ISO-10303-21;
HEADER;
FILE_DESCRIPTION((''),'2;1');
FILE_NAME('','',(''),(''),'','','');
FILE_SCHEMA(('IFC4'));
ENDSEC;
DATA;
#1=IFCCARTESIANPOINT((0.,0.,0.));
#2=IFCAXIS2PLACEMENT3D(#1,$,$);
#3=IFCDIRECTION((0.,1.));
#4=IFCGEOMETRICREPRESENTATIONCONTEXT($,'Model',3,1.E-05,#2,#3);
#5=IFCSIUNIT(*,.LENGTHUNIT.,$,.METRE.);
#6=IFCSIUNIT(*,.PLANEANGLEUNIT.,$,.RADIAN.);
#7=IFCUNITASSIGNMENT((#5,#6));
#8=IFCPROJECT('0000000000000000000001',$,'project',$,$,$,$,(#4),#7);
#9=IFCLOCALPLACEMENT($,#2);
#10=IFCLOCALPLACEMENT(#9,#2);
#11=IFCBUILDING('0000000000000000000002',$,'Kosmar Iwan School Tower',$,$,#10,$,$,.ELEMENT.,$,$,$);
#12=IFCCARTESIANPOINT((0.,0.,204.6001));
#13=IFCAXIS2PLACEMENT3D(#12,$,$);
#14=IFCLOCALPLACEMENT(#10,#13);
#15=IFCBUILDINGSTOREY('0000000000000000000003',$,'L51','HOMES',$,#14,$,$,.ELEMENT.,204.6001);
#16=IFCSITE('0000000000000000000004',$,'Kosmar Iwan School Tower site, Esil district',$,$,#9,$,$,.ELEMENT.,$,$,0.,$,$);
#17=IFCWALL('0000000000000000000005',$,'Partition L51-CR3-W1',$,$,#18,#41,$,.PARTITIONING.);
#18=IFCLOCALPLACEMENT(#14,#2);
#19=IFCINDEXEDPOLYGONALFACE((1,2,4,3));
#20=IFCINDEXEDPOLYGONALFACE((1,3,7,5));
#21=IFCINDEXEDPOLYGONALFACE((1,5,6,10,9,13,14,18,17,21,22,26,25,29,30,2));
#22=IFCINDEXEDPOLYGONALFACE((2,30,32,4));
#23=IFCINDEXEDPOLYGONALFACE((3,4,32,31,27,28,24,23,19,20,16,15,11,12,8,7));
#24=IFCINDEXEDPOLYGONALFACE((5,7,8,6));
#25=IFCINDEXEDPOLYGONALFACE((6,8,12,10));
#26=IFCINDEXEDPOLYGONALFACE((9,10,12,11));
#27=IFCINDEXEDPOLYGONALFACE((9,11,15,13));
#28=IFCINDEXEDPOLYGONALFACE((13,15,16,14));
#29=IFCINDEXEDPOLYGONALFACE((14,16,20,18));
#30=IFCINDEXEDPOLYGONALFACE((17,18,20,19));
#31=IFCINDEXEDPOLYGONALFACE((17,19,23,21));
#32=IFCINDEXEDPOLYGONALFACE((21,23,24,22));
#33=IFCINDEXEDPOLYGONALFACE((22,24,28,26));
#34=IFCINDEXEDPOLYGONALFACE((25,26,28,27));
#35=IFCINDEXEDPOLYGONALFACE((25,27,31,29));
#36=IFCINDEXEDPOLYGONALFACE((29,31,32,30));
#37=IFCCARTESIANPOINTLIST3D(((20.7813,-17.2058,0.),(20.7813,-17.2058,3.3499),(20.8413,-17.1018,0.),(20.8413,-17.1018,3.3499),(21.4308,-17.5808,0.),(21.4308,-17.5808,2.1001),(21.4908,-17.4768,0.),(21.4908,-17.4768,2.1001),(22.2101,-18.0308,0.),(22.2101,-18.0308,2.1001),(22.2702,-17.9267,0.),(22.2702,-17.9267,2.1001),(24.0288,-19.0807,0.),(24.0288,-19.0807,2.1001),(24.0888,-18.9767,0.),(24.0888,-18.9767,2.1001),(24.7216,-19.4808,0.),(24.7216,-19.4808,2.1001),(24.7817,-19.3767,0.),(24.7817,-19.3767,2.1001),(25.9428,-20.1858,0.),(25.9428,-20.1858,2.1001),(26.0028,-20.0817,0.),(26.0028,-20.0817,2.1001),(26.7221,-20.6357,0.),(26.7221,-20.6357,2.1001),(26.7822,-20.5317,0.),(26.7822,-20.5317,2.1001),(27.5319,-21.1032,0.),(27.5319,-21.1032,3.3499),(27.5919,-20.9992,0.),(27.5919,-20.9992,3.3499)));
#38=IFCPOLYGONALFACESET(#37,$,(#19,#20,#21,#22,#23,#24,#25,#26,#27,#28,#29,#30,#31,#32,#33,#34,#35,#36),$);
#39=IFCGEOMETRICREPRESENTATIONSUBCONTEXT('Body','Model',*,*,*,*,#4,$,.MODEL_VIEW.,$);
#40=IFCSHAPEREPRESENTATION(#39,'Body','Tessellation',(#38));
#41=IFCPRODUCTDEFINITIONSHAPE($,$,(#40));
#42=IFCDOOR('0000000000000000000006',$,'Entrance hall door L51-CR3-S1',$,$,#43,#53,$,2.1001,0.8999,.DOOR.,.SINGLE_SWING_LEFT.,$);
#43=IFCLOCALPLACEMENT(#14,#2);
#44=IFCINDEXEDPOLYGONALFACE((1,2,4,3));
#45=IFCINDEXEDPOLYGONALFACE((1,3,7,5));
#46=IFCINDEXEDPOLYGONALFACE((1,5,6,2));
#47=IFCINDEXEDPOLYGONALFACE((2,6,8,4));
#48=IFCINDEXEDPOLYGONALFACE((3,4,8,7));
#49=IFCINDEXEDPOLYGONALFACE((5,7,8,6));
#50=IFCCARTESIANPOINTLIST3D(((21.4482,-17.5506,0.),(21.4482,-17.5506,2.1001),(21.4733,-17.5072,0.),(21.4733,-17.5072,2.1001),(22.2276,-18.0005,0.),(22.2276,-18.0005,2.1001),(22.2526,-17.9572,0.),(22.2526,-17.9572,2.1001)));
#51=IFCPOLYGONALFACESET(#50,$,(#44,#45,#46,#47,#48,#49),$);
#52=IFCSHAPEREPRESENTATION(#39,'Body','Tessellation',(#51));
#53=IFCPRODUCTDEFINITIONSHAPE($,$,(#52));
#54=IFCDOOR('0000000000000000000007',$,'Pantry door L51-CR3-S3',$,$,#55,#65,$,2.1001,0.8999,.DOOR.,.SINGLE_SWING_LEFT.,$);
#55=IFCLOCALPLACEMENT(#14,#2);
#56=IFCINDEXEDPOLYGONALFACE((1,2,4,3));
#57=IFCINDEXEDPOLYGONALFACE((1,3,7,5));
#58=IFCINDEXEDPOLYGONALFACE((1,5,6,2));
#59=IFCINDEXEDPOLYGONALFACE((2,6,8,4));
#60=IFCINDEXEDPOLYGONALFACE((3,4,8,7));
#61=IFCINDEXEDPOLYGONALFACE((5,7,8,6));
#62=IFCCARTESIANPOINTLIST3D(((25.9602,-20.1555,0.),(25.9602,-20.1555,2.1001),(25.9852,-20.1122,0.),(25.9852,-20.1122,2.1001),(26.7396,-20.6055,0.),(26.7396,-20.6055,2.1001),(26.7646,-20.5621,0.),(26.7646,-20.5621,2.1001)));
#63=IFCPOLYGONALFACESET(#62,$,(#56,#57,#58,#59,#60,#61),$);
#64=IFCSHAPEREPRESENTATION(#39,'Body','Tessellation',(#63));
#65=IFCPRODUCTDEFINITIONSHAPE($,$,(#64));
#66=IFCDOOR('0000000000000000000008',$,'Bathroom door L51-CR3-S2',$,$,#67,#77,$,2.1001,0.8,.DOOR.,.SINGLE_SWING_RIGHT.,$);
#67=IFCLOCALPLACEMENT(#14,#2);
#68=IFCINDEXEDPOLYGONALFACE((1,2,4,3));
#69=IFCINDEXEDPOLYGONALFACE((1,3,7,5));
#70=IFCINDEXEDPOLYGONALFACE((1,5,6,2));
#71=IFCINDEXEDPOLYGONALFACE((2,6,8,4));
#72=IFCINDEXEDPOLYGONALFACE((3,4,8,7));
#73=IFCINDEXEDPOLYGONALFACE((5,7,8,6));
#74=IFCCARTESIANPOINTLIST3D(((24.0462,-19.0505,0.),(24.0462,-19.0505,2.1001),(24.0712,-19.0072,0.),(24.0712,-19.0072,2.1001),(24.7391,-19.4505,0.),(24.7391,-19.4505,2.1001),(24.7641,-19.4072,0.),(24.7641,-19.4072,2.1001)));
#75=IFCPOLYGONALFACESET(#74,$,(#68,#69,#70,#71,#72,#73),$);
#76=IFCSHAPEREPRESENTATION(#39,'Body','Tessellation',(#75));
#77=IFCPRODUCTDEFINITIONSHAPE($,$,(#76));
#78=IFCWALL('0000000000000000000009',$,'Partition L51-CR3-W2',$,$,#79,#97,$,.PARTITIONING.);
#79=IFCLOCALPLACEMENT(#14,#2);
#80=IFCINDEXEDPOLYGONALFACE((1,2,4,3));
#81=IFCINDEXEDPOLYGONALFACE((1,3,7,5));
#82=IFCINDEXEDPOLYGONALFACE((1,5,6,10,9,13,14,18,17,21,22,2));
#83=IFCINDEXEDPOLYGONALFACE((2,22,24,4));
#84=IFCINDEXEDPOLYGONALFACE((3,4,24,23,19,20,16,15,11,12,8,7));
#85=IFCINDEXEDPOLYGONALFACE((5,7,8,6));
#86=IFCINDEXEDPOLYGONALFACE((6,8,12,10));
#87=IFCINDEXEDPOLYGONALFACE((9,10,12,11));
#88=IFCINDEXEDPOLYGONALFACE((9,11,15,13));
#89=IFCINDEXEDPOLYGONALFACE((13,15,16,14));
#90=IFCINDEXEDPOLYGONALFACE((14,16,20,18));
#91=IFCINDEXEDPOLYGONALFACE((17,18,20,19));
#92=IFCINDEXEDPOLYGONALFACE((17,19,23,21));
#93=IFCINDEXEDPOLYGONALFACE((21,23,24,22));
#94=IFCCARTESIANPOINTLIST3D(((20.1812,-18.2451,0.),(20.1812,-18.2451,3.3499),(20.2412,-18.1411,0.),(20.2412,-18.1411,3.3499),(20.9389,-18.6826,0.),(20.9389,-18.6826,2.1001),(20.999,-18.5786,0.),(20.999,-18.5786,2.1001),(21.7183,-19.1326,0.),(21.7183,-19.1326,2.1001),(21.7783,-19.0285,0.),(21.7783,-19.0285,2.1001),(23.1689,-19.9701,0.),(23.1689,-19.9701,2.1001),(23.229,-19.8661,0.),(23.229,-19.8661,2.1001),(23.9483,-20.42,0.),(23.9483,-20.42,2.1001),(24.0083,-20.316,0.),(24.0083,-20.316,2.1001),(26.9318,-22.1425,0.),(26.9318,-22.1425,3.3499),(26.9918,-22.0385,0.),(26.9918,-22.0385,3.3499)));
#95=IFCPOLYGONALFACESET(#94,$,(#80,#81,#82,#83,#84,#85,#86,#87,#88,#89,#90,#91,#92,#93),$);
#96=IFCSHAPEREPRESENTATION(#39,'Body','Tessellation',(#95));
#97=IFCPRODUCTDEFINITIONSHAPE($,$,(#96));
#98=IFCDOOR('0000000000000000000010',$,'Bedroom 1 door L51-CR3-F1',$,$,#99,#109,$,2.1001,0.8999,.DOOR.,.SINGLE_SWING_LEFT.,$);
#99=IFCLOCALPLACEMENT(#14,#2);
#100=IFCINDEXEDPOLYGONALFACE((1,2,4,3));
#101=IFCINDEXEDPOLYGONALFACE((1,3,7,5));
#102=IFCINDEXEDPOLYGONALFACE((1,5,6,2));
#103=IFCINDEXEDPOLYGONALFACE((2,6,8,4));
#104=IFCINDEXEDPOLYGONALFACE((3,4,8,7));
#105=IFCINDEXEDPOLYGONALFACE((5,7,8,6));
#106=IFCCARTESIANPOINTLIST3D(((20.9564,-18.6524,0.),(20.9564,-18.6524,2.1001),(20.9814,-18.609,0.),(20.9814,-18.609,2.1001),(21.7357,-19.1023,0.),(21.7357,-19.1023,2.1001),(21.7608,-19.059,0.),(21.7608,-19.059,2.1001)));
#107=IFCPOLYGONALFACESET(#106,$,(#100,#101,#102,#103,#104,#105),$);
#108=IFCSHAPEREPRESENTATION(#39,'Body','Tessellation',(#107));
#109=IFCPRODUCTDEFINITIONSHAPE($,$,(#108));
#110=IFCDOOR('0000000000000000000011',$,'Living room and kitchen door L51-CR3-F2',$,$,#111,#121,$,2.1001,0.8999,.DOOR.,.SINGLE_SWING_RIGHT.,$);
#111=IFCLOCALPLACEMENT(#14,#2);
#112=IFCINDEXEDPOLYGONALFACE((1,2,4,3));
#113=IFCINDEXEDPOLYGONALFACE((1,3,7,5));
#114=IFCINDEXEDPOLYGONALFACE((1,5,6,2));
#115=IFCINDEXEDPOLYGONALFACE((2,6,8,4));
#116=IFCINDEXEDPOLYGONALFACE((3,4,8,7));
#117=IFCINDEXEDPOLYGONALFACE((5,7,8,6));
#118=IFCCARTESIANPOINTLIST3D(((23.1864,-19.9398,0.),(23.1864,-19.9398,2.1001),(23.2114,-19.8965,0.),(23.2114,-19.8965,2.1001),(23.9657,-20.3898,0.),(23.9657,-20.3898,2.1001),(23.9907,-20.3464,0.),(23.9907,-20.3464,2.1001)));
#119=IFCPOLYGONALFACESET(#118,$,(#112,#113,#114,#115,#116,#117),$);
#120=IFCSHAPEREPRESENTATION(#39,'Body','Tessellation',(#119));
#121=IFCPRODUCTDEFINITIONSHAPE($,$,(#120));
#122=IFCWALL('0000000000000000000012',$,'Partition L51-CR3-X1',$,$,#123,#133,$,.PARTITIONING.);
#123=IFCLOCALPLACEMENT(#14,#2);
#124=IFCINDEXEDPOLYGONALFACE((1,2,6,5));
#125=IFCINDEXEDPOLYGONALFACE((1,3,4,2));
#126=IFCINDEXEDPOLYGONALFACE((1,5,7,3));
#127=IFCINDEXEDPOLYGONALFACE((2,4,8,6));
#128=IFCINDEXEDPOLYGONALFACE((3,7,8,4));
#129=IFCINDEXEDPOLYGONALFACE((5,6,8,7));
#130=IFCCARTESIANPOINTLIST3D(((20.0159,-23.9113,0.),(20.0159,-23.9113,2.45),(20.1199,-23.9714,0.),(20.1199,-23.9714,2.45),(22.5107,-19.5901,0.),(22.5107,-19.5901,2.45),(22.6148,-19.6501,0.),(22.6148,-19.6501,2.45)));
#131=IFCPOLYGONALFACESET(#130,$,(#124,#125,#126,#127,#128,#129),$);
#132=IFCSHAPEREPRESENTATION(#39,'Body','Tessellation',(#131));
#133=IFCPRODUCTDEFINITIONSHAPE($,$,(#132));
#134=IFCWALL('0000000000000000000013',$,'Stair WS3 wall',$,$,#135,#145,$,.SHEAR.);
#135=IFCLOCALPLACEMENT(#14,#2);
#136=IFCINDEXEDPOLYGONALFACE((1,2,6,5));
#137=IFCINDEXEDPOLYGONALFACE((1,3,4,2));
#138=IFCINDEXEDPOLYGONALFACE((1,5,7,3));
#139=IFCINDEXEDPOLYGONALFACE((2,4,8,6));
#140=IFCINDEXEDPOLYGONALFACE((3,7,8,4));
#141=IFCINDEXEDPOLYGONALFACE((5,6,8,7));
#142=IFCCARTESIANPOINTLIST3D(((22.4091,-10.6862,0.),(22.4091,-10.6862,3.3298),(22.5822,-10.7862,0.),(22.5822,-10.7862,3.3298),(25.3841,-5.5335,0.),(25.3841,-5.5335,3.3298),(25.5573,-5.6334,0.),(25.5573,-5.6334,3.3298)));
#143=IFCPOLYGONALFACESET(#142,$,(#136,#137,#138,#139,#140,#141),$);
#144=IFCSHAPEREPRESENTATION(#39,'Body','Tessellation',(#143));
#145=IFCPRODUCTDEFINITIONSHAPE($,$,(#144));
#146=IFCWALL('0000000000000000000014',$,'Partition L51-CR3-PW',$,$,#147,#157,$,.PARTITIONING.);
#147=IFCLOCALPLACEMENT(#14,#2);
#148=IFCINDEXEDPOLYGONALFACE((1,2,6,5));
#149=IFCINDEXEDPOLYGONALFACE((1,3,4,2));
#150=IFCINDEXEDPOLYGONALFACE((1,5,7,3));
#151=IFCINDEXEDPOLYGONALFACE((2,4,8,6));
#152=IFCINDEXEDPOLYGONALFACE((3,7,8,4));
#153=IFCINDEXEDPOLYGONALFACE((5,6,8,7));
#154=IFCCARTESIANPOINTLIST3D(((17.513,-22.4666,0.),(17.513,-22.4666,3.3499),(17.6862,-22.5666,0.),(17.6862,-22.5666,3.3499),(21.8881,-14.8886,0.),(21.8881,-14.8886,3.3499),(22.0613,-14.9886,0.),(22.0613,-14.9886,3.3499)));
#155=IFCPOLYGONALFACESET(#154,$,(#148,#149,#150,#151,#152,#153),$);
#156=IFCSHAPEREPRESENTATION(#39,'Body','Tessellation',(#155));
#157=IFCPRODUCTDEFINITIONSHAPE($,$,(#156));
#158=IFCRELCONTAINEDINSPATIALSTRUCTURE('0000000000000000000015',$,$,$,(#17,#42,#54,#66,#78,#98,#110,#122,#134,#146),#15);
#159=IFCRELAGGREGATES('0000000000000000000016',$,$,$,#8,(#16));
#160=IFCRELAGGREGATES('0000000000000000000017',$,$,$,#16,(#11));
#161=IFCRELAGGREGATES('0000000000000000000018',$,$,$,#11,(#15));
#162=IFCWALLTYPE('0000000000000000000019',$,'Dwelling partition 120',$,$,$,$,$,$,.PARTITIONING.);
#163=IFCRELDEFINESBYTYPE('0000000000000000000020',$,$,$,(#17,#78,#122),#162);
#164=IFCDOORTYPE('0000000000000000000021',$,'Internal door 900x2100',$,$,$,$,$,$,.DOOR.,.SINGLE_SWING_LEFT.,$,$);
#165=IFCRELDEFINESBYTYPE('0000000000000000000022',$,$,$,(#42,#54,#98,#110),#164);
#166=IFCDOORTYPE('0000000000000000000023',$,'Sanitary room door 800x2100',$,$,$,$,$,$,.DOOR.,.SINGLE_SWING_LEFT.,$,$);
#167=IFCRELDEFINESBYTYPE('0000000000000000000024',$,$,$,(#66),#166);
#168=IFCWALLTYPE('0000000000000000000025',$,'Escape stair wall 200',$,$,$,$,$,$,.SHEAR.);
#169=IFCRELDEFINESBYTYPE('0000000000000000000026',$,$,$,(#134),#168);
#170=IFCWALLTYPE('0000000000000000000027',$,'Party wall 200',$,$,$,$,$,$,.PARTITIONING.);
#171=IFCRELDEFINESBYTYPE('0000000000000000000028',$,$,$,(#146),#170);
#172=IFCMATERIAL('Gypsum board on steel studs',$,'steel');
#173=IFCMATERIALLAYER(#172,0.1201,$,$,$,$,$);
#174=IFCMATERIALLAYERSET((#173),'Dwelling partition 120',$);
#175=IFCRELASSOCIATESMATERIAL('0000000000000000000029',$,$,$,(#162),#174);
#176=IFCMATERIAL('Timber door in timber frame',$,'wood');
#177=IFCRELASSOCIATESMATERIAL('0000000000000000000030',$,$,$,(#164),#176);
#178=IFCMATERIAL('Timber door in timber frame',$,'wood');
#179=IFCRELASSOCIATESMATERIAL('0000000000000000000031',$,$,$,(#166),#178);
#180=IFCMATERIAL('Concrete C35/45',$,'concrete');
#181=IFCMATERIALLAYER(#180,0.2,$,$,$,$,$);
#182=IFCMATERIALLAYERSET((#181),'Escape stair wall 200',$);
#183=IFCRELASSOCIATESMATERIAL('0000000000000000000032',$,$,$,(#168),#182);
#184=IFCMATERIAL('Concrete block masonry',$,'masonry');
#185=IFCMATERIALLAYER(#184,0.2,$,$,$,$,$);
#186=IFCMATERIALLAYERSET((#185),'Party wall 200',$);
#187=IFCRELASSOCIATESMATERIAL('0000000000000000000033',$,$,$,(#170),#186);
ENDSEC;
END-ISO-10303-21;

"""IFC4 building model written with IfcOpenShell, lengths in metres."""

from ifc_helpers import new_model, si_unit, direction, frame, frame_2d, origin, place, context, subcontext, project, spatial, rectangle, extrude, material, layer, layer_set, type_object, element, fill, save


model = new_model("IFC4")

# Units and contexts
model_context = context("Model", 3, precision=1e-05, world=origin(), true_north=direction((0.0, 1.0)))
body_context = subcontext(model_context, "Body", "Model", "MODEL_VIEW")
ifc_project = project(units=[si_unit("LENGTHUNIT", "METRE"), si_unit("PLANEANGLEUNIT", "RADIAN")], contexts=[model_context])

# Site, building, storey
site_placement = place(None, origin())
site = spatial("IfcSite", under=ifc_project, at=site_placement, Name="Kosmar Iwan School Tower site, Esil district", CompositionType="ELEMENT", RefElevation=0.0)
building_placement = place(site_placement, origin())
building = spatial("IfcBuilding", under=site, at=building_placement, Name="Kosmar Iwan School Tower", CompositionType="ELEMENT")
storey_placement = place(building_placement, frame((0.0, 0.0, 204.6001)))
storey = spatial("IfcBuildingStorey", under=building, at=storey_placement, Name="L51", Description="HOMES", CompositionType="ELEMENT", Elevation=204.6001)

# Shared definitions
ifc_material_1 = material(Name="Gypsum board on steel studs", Category="steel")
ifc_layer_1 = layer(ifc_material_1, 0.1201)
ifc_layer_set_1 = layer_set([ifc_layer_1], Name="Dwelling partition 120")
wall_type_1 = type_object("IfcWallType", Name="Dwelling partition 120", PredefinedType="PARTITIONING", material=ifc_layer_set_1)

# Walls, openings, doors
wall_1_placement = place(storey_placement, frame((20.8113, -17.1538, 0.0), z_axis=(0.0, 0.0, 1.0), x_axis=(0.86603, -0.499993, 0.0)))
wall_1 = element("IfcWall", 1, at=wall_1_placement, inside=storey, type_object=wall_type_1, Name="Partition L51-CR3-W1", PredefinedType="PARTITIONING", context=body_context, shape_type="SweptSolid", body=[
    extrude(rectangle(XDim=7.7949, YDim=0.1201, at=frame_2d((3.8975, 0.0))), origin(), (0.0, 0.0, 1.0), 3.3499),
])
opening_1_placement = place(wall_1_placement, frame((0.75, 0.0, 0.0)))
opening_1 = element("IfcOpeningElement", 2, at=opening_1_placement, cuts=wall_1, PredefinedType="OPENING", context=body_context, shape_type="SweptSolid", body=[
    extrude(rectangle(XDim=0.8999, YDim=2.1001, at=frame_2d((0.45, 1.05))), frame((0.0, 0.072, 0.0), z_axis=(0.0, -1.0, 0.0), x_axis=(1.0, 0.0, 0.0)), (0.0, 0.0, 1.0), 0.144),
])
opening_2_placement = place(wall_1_placement, frame((3.75, 0.0, 0.0)))
opening_2 = element("IfcOpeningElement", 3, at=opening_2_placement, cuts=wall_1, PredefinedType="OPENING", context=body_context, shape_type="SweptSolid", body=[
    extrude(rectangle(XDim=0.8, YDim=2.1001, at=frame_2d((0.3999, 1.05))), frame((0.0, 0.072, 0.0), z_axis=(0.0, -1.0, 0.0), x_axis=(1.0, 0.0, 0.0)), (0.0, 0.0, 1.0), 0.144),
])
opening_3_placement = place(wall_1_placement, frame((5.96, 0.0, 0.0)))
opening_3 = element("IfcOpeningElement", 4, at=opening_3_placement, cuts=wall_1, PredefinedType="OPENING", context=body_context, shape_type="SweptSolid", body=[
    extrude(rectangle(XDim=0.8999, YDim=2.1001, at=frame_2d((0.45, 1.05))), frame((0.0, 0.072, 0.0), z_axis=(0.0, -1.0, 0.0), x_axis=(1.0, 0.0, 0.0)), (0.0, 0.0, 1.0), 0.144),
])
ifc_material_2 = material(Name="Timber door in timber frame", Category="wood")
door_type_1 = type_object("IfcDoorType", Name="Internal door 900x2100", OperationType="SINGLE_SWING_LEFT", PredefinedType="DOOR", material=ifc_material_2)
door_1_placement = place(opening_1_placement, origin())
door_1 = element("IfcDoor", 5, at=door_1_placement, inside=storey, type_object=door_type_1, Name="Entrance hall door L51-CR3-S1", OperationType="SINGLE_SWING_LEFT", OverallHeight=2.1001, OverallWidth=0.8999, PredefinedType="DOOR", context=body_context, shape_type="SweptSolid", body=[
    extrude(rectangle(XDim=0.8999, YDim=2.1001, at=frame_2d((0.45, 1.05))), frame((0.0, 0.0249, 0.0), z_axis=(0.0, -1.0, 0.0), x_axis=(1.0, 0.0, 0.0)), (0.0, 0.0, 1.0), 0.05),
])
fill(opening_1, door_1)
door_2_placement = place(opening_3_placement, origin())
door_2 = element("IfcDoor", 6, at=door_2_placement, inside=storey, type_object=door_type_1, Name="Pantry door L51-CR3-S3", OperationType="SINGLE_SWING_LEFT", OverallHeight=2.1001, OverallWidth=0.8999, PredefinedType="DOOR", context=body_context, shape_type="SweptSolid", body=[
    extrude(rectangle(XDim=0.8999, YDim=2.1001, at=frame_2d((0.45, 1.05))), frame((0.0, 0.0249, 0.0), z_axis=(0.0, -1.0, 0.0), x_axis=(1.0, 0.0, 0.0)), (0.0, 0.0, 1.0), 0.05),
])
fill(opening_3, door_2)
ifc_material_3 = material(Name="Timber door in timber frame", Category="wood")
door_type_2 = type_object("IfcDoorType", Name="Sanitary room door 800x2100", OperationType="SINGLE_SWING_LEFT", PredefinedType="DOOR", material=ifc_material_3)
door_3_placement = place(opening_2_placement, origin())
door_3 = element("IfcDoor", 7, at=door_3_placement, inside=storey, type_object=door_type_2, Name="Bathroom door L51-CR3-S2", OperationType="SINGLE_SWING_RIGHT", OverallHeight=2.1001, OverallWidth=0.8, PredefinedType="DOOR", context=body_context, shape_type="SweptSolid", body=[
    extrude(rectangle(XDim=0.8, YDim=2.1001, at=frame_2d((0.3999, 1.05))), frame((0.0, 0.0249, 0.0), z_axis=(0.0, -1.0, 0.0), x_axis=(1.0, 0.0, 0.0)), (0.0, 0.0, 1.0), 0.05),
])
fill(opening_2, door_3)
wall_2_placement = place(storey_placement, frame((20.2112, -18.1931, 0.0), z_axis=(0.0, 0.0, 1.0), x_axis=(0.86603, -0.499993, 0.0)))
wall_2 = element("IfcWall", 8, at=wall_2_placement, inside=storey, type_object=wall_type_1, Name="Partition L51-CR3-W2", PredefinedType="PARTITIONING", context=body_context, shape_type="SweptSolid", body=[
    extrude(rectangle(XDim=7.7949, YDim=0.1201, at=frame_2d((3.8975, 0.0))), origin(), (0.0, 0.0, 1.0), 3.3499),
])
opening_4_placement = place(wall_2_placement, frame((0.875, 0.0, 0.0)))
opening_4 = element("IfcOpeningElement", 9, at=opening_4_placement, cuts=wall_2, PredefinedType="OPENING", context=body_context, shape_type="SweptSolid", body=[
    extrude(rectangle(XDim=0.8999, YDim=2.1001, at=frame_2d((0.45, 1.05))), frame((0.0, 0.072, 0.0), z_axis=(0.0, -1.0, 0.0), x_axis=(1.0, 0.0, 0.0)), (0.0, 0.0, 1.0), 0.144),
])
opening_5_placement = place(wall_2_placement, frame((3.45, 0.0, 0.0)))
opening_5 = element("IfcOpeningElement", 10, at=opening_5_placement, cuts=wall_2, PredefinedType="OPENING", context=body_context, shape_type="SweptSolid", body=[
    extrude(rectangle(XDim=0.8999, YDim=2.1001, at=frame_2d((0.45, 1.05))), frame((0.0, 0.072, 0.0), z_axis=(0.0, -1.0, 0.0), x_axis=(1.0, 0.0, 0.0)), (0.0, 0.0, 1.0), 0.144),
])
door_4_placement = place(opening_4_placement, origin())
door_4 = element("IfcDoor", 11, at=door_4_placement, inside=storey, type_object=door_type_1, Name="Bedroom 1 door L51-CR3-F1", OperationType="SINGLE_SWING_LEFT", OverallHeight=2.1001, OverallWidth=0.8999, PredefinedType="DOOR", context=body_context, shape_type="SweptSolid", body=[
    extrude(rectangle(XDim=0.8999, YDim=2.1001, at=frame_2d((0.45, 1.05))), frame((0.0, 0.0249, 0.0), z_axis=(0.0, -1.0, 0.0), x_axis=(1.0, 0.0, 0.0)), (0.0, 0.0, 1.0), 0.05),
])
fill(opening_4, door_4)
door_5_placement = place(opening_5_placement, origin())
door_5 = element("IfcDoor", 12, at=door_5_placement, inside=storey, type_object=door_type_1, Name="Living room and kitchen door L51-CR3-F2", OperationType="SINGLE_SWING_RIGHT", OverallHeight=2.1001, OverallWidth=0.8999, PredefinedType="DOOR", context=body_context, shape_type="SweptSolid", body=[
    extrude(rectangle(XDim=0.8999, YDim=2.1001, at=frame_2d((0.45, 1.05))), frame((0.0, 0.0249, 0.0), z_axis=(0.0, -1.0, 0.0), x_axis=(1.0, 0.0, 0.0)), (0.0, 0.0, 1.0), 0.05),
])
fill(opening_5, door_5)

# Walls
wall_3_placement = place(storey_placement, frame((22.5627, -19.6201, 0.0), z_axis=(0.0, 0.0, 1.0), x_axis=(-0.499996, -0.866028, 0.0)))
element("IfcWall", 13, at=wall_3_placement, inside=storey, type_object=wall_type_1, Name="Partition L51-CR3-X1", PredefinedType="PARTITIONING", context=body_context, shape_type="SweptSolid", body=[
    extrude(rectangle(XDim=4.9897, YDim=0.1201, at=frame_2d((2.4949, 0.0))), origin(), (0.0, 0.0, 1.0), 2.45),
])
ifc_material_4 = material(Name="Concrete C35/45", Category="concrete")
ifc_layer_2 = layer(ifc_material_4, 0.2)
ifc_layer_set_2 = layer_set([ifc_layer_2], Name="Escape stair wall 200")
wall_type_2 = type_object("IfcWallType", Name="Escape stair wall 200", PredefinedType="SHEAR", material=ifc_layer_set_2)
wall_4_placement = place(storey_placement, frame((22.4956, -10.7363, 0.0), z_axis=(0.0, 0.0, 1.0), x_axis=(0.500014, 0.866017, 0.0)))
element("IfcWall", 14, at=wall_4_placement, inside=storey, type_object=wall_type_2, Name="Stair WS3 wall", PredefinedType="SHEAR", context=body_context, shape_type="SweptSolid", body=[
    extrude(rectangle(XDim=5.95, YDim=0.2, at=frame_2d((2.9751, 0.0))), origin(), (0.0, 0.0, 1.0), 3.3298),
])
ifc_material_5 = material(Name="Concrete block masonry", Category="masonry")
ifc_layer_3 = layer(ifc_material_5, 0.2)
ifc_layer_set_3 = layer_set([ifc_layer_3], Name="Party wall 200")
wall_type_3 = type_object("IfcWallType", Name="Party wall 200", PredefinedType="PARTITIONING", material=ifc_layer_set_3)
wall_5_placement = place(storey_placement, frame((21.9746, -14.9387, 0.0), z_axis=(0.0, 0.0, 1.0), x_axis=(-0.499992, -0.86603, 0.0)))
element("IfcWall", 15, at=wall_5_placement, inside=storey, type_object=wall_type_3, Name="Partition L51-CR3-PW", PredefinedType="PARTITIONING", context=body_context, shape_type="SweptSolid", body=[
    extrude(rectangle(XDim=8.7502, YDim=0.2, at=frame_2d((4.375, 0.0))), origin(), (0.0, 0.0, 1.0), 3.3499),
])

save(model, "model.ifc")
